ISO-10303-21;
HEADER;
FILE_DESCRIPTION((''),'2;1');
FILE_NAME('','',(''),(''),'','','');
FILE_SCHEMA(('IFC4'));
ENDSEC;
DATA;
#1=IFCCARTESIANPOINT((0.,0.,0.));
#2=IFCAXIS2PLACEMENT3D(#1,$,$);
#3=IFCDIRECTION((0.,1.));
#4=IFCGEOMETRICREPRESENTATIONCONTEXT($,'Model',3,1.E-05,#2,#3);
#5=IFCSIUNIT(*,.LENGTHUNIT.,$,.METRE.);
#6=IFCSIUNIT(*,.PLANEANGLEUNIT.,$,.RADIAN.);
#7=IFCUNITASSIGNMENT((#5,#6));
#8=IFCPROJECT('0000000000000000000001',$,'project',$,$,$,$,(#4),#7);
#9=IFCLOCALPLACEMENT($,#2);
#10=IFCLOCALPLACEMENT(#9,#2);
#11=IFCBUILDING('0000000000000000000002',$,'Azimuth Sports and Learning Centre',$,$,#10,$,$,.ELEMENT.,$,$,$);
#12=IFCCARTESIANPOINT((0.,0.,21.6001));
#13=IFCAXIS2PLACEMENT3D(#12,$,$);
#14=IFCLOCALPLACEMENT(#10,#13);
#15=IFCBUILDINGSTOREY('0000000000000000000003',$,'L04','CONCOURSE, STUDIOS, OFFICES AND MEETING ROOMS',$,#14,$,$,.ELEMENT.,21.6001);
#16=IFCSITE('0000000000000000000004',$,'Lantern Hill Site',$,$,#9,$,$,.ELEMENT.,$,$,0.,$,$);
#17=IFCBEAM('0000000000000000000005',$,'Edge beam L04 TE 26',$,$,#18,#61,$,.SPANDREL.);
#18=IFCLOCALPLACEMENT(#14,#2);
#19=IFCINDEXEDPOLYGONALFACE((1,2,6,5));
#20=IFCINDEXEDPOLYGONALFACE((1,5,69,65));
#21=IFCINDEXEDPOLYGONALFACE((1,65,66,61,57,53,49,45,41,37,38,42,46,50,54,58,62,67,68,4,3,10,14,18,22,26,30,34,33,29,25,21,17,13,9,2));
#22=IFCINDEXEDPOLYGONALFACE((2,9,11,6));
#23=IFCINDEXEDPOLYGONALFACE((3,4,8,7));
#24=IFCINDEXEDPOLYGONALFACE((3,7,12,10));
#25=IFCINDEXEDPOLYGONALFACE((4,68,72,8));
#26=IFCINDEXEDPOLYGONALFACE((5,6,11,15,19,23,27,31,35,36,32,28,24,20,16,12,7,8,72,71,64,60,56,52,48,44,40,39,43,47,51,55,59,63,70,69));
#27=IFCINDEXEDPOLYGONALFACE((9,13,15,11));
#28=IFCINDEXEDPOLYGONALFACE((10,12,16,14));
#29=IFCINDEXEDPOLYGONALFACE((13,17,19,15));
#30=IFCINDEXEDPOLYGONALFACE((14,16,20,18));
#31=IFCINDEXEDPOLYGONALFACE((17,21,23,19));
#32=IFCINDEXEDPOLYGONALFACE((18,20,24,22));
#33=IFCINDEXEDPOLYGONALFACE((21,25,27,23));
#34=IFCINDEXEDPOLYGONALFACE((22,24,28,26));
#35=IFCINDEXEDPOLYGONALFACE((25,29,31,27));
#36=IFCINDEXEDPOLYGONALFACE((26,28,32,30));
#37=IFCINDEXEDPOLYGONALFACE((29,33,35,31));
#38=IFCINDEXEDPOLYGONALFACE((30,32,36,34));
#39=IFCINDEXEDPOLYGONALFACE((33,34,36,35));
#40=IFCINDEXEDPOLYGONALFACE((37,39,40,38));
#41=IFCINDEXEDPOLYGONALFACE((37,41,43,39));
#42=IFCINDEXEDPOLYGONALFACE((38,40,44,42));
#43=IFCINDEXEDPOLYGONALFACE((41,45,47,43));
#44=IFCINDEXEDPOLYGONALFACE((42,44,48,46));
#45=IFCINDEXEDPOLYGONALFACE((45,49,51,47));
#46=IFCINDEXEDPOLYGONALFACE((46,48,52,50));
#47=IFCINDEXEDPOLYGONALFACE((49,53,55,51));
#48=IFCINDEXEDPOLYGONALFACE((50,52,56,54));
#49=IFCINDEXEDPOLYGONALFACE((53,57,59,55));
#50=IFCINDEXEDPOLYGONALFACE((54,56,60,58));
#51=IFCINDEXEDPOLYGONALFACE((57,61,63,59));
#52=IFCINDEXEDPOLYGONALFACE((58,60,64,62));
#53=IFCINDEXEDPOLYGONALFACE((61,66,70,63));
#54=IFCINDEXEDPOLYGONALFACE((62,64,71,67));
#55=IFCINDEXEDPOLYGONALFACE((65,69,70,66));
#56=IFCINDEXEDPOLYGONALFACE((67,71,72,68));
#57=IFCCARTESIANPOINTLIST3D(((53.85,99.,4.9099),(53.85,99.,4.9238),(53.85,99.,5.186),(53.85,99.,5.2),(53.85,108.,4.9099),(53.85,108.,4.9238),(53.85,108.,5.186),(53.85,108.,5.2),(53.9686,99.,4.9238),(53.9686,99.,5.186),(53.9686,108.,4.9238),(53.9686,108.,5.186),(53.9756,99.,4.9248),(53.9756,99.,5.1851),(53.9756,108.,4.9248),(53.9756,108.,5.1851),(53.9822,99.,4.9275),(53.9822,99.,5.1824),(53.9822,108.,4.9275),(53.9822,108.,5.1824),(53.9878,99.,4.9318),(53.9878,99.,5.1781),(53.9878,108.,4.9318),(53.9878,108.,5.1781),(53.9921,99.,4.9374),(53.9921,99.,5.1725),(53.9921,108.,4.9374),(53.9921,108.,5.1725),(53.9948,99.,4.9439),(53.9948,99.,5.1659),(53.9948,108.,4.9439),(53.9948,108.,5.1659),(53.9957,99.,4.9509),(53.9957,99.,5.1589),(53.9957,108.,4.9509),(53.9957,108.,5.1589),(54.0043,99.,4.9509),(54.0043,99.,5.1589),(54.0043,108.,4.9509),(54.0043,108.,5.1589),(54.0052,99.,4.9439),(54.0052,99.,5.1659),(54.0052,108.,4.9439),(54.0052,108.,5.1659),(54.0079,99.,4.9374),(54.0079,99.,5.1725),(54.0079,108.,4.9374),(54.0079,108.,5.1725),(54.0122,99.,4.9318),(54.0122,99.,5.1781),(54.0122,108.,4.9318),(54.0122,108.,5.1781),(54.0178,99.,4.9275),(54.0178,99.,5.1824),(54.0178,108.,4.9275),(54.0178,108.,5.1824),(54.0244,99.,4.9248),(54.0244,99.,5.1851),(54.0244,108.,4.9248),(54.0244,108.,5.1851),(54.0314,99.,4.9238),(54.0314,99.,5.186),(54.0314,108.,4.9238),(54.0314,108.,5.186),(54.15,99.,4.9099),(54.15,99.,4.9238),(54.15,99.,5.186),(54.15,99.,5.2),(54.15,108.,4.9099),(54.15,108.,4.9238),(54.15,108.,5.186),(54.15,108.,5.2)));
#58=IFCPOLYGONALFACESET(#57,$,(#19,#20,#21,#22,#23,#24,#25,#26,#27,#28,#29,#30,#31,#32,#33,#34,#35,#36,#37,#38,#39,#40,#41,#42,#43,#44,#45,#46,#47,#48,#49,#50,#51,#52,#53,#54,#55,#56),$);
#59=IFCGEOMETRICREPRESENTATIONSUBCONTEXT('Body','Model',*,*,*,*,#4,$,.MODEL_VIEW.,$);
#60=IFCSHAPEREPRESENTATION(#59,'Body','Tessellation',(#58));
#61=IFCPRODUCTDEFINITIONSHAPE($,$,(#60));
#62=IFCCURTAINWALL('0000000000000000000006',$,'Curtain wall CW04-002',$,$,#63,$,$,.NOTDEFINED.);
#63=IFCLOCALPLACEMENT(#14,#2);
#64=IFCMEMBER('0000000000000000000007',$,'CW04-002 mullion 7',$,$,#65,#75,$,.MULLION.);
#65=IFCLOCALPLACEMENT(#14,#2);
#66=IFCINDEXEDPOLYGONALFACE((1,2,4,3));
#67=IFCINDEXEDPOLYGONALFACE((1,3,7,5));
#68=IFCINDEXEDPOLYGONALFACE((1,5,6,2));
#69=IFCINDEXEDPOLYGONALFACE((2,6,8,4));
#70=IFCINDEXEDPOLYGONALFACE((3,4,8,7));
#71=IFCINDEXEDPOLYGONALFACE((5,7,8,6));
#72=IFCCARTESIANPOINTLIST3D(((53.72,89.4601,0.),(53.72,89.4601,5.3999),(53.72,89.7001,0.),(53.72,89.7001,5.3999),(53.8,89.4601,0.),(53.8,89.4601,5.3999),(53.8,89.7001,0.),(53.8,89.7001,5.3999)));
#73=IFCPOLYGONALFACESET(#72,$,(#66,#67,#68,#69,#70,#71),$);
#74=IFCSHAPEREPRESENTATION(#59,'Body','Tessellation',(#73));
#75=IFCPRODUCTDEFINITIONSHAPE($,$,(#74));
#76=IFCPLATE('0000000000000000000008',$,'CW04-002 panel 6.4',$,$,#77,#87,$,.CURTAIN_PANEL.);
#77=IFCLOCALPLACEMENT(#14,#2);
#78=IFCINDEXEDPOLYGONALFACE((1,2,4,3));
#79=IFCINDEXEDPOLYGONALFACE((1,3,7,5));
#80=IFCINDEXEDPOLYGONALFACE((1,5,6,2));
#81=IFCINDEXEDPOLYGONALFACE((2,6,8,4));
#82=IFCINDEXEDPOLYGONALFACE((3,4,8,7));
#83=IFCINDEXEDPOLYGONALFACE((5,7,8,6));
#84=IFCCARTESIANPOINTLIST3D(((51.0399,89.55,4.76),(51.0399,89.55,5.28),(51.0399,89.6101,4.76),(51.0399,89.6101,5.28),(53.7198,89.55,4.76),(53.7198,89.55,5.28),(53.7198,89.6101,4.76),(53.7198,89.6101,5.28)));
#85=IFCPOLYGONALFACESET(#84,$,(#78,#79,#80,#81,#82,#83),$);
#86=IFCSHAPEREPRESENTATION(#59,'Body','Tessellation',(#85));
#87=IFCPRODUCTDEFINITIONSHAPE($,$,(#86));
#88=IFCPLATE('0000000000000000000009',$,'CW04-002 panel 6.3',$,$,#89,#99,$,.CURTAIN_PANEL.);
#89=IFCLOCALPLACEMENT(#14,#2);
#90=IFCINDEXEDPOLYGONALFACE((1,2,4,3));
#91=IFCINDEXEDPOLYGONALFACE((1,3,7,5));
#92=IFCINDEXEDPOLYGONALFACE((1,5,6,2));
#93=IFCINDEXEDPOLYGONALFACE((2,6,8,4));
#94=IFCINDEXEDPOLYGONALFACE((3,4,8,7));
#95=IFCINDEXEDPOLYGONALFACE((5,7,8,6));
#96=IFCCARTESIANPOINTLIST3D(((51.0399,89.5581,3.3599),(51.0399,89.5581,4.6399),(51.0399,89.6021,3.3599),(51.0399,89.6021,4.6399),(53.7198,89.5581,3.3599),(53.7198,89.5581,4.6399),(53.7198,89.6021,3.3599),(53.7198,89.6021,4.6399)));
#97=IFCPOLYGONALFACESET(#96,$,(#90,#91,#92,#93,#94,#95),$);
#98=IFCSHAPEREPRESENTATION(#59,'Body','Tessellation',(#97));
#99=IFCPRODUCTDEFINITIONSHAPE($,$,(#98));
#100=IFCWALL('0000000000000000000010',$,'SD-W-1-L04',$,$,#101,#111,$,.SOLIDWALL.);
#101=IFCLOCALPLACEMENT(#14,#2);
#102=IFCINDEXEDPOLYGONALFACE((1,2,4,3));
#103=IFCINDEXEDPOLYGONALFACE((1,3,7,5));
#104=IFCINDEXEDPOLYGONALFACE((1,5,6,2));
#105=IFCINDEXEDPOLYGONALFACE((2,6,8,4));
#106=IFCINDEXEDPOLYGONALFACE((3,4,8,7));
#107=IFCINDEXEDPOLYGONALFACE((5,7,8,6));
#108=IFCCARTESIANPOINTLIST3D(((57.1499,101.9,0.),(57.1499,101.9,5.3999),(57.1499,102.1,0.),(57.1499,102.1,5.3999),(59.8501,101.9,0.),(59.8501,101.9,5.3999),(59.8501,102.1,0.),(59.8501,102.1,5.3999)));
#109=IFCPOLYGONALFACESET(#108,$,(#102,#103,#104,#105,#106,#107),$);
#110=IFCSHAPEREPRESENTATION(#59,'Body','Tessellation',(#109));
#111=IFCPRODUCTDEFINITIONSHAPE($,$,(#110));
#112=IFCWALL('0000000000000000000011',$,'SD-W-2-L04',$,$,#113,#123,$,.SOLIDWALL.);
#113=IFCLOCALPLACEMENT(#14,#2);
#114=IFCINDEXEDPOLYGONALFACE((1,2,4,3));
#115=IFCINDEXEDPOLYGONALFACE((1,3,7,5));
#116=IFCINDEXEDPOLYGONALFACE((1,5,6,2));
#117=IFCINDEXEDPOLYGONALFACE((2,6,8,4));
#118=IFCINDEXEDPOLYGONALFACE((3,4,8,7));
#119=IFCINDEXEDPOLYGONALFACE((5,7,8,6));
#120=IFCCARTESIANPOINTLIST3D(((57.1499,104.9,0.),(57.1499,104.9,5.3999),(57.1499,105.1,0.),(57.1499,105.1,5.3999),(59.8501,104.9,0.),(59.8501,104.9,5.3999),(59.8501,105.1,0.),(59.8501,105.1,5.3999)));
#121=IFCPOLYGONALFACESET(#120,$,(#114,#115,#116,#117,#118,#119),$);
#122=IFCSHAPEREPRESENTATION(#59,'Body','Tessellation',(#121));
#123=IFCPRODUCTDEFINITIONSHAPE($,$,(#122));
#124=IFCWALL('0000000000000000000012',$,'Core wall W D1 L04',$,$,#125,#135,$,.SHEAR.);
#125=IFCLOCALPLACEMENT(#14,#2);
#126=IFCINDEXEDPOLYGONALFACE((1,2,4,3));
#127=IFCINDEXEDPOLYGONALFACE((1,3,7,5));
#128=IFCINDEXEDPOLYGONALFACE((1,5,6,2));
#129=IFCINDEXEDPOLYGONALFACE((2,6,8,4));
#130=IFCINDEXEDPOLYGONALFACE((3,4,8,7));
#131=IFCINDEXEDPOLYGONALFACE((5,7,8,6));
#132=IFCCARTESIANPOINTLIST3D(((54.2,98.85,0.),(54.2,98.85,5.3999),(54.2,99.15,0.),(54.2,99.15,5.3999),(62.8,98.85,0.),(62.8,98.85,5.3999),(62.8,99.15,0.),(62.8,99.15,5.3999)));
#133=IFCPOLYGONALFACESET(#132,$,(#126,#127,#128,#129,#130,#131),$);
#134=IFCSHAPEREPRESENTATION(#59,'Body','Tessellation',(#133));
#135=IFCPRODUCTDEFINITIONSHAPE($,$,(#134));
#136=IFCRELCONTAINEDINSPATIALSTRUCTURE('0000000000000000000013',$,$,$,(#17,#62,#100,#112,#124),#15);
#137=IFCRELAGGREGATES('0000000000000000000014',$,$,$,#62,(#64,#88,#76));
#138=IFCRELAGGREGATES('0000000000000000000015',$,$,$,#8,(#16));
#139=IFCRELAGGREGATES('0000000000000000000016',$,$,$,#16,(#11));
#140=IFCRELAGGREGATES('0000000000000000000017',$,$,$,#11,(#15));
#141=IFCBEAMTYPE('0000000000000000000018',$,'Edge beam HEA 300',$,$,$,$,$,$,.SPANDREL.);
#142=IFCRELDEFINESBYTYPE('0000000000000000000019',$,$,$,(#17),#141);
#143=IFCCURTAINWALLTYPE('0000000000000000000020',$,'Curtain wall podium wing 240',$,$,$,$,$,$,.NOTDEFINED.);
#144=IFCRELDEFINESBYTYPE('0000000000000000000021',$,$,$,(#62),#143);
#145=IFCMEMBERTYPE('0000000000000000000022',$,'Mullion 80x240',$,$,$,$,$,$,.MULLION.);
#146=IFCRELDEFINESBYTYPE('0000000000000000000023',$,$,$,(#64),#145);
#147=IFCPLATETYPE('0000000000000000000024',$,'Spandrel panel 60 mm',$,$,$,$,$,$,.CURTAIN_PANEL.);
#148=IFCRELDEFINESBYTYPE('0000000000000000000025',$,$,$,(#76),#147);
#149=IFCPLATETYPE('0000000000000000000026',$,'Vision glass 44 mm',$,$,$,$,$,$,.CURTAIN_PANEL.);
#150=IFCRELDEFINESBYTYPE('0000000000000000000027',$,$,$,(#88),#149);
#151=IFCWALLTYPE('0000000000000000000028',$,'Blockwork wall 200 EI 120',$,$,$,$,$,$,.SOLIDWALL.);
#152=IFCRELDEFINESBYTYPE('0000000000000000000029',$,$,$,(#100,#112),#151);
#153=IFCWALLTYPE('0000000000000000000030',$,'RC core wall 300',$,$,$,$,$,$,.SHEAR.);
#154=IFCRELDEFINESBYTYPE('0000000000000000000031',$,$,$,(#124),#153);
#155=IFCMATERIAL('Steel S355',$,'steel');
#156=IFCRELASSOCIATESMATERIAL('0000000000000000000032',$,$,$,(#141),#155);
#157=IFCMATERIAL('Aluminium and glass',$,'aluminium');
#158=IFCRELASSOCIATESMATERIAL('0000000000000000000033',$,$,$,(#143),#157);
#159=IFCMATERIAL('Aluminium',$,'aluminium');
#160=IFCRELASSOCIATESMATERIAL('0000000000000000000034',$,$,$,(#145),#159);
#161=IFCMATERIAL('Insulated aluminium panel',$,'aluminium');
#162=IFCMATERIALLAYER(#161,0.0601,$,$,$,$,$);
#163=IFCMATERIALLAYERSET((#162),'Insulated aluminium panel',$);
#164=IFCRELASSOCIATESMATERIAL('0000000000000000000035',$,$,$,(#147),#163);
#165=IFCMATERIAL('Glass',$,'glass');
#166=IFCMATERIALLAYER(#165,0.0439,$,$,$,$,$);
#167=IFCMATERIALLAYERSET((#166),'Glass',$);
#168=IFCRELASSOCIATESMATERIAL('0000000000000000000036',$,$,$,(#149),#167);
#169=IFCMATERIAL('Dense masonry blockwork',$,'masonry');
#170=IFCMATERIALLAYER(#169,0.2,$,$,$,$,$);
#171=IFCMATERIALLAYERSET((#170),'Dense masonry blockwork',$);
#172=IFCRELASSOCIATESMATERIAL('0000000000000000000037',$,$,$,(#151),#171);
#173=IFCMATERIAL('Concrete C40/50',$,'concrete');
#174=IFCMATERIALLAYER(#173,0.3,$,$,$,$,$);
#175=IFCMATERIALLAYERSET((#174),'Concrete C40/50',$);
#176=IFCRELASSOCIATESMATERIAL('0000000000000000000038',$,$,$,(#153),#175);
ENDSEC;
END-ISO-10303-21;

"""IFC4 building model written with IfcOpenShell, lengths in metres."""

from ifc_helpers import new_model, si_unit, direction, frame, frame_2d, origin, origin_2d, place, context, subcontext, project, spatial, rectangle, i_section, extrude, material, layer, layer_set, material_profile, profile_set, type_object, element, aggregate, save


model = new_model("IFC4")

# Units and contexts
model_context = context("Model", 3, precision=1e-05, world=origin(), true_north=direction((0.0, 1.0)))
body_context = subcontext(model_context, "Body", "Model", "MODEL_VIEW")
ifc_project = project(units=[si_unit("LENGTHUNIT", "METRE"), si_unit("PLANEANGLEUNIT", "RADIAN")], contexts=[model_context])

# Site, building, storey
site_placement = place(None, origin())
site = spatial("IfcSite", under=ifc_project, at=site_placement, Name="Lantern Hill Site", CompositionType="ELEMENT", RefElevation=0.0)
building_placement = place(site_placement, origin())
building = spatial("IfcBuilding", under=site, at=building_placement, Name="Azimuth Sports and Learning Centre", CompositionType="ELEMENT")
storey_placement = place(building_placement, frame((0.0, 0.0, 21.6001)))
storey = spatial("IfcBuildingStorey", under=building, at=storey_placement, Name="L04", Description="CONCOURSE, STUDIOS, OFFICES AND MEETING ROOMS", CompositionType="ELEMENT", Elevation=21.6001)

# Beam
ifc_material_1 = material(Name="Steel S355", Category="steel")
ifc_material_profile_1 = material_profile(ifc_material_1, i_section(OverallWidth=0.3, OverallDepth=0.29, WebThickness=0.0085, FlangeThickness=0.0139, FilletRadius=0.0271, at=origin_2d()), Name="HEA 300")
ifc_profile_set_1 = profile_set([ifc_material_profile_1], Name="Steel S355")
beam_type_1 = type_object("IfcBeamType", Name="Edge beam HEA 300", PredefinedType="SPANDREL", material=ifc_profile_set_1)
beam_1_placement = place(storey_placement, frame((54.0, 99.0, 5.0549), z_axis=(0.0, 1.0, 0.0), x_axis=(-1.0, 0.0, 0.0)))
element("IfcBeam", 1, at=beam_1_placement, inside=storey, type_object=beam_type_1, Name="Edge beam L04 TE 26", PredefinedType="SPANDREL", context=body_context, shape_type="SweptSolid", body=[
    extrude(i_section(OverallWidth=0.3, OverallDepth=0.29, WebThickness=0.0085, FlangeThickness=0.0139, FilletRadius=0.0271, at=origin_2d()), origin(), (0.0, 0.0, 1.0), 9.0),
])

# Curtain wall, member, plates
ifc_material_2 = material(Name="Aluminium and glass", Category="aluminium")
curtain_wall_type = type_object("IfcCurtainWallType", Name="Curtain wall podium wing 240", PredefinedType="NOTDEFINED", material=ifc_material_2)
curtain_wall_placement = place(storey_placement, origin())
curtain_wall = element("IfcCurtainWall", 2, at=curtain_wall_placement, inside=storey, type_object=curtain_wall_type, Name="Curtain wall CW04-002", PredefinedType="NOTDEFINED")
ifc_material_3 = material(Name="Aluminium", Category="aluminium")
ifc_material_profile_2 = material_profile(ifc_material_3, rectangle(XDim=0.24, YDim=0.0801, at=origin_2d()), Name="Mullion 80x240")
ifc_profile_set_2 = profile_set([ifc_material_profile_2], Name="Aluminium")
member_type = type_object("IfcMemberType", Name="Mullion 80x240", PredefinedType="MULLION", material=ifc_profile_set_2)
member_placement = place(storey_placement, frame((53.76, 89.5801, 0.0), z_axis=(0.0, 0.0, 1.0), x_axis=(0.0, 1.0, 0.0)))
member = element("IfcMember", 3, at=member_placement, type_object=member_type, Name="CW04-002 mullion 7", PredefinedType="MULLION", context=body_context, shape_type="SweptSolid", body=[
    extrude(rectangle(XDim=0.24, YDim=0.0801, at=origin_2d()), origin(), (0.0, 0.0, 1.0), 5.3999),
])
ifc_material_4 = material(Name="Insulated aluminium panel", Category="aluminium")
ifc_layer_1 = layer(ifc_material_4, 0.0601)
ifc_layer_set_1 = layer_set([ifc_layer_1], Name="Insulated aluminium panel")
plate_type_1 = type_object("IfcPlateType", Name="Spandrel panel 60 mm", PredefinedType="CURTAIN_PANEL", material=ifc_layer_set_1)
plate_1_placement = place(storey_placement, frame((52.3799, 89.5801, 4.76), z_axis=(0.0, 0.0, 1.0), x_axis=(1.0, 0.0, 0.0)))
plate_1 = element("IfcPlate", 4, at=plate_1_placement, type_object=plate_type_1, Name="CW04-002 panel 6.4", PredefinedType="CURTAIN_PANEL", context=body_context, shape_type="SweptSolid", body=[
    extrude(rectangle(XDim=2.6799, YDim=0.0601, at=origin_2d()), origin(), (0.0, 0.0, 1.0), 0.52),
])
ifc_material_5 = material(Name="Glass", Category="glass")
ifc_layer_2 = layer(ifc_material_5, 0.0439)
ifc_layer_set_2 = layer_set([ifc_layer_2], Name="Glass")
plate_type_2 = type_object("IfcPlateType", Name="Vision glass 44 mm", PredefinedType="CURTAIN_PANEL", material=ifc_layer_set_2)
plate_2_placement = place(storey_placement, frame((52.3799, 89.5801, 3.3599), z_axis=(0.0, 0.0, 1.0), x_axis=(1.0, 0.0, 0.0)))
plate_2 = element("IfcPlate", 5, at=plate_2_placement, type_object=plate_type_2, Name="CW04-002 panel 6.3", PredefinedType="CURTAIN_PANEL", context=body_context, shape_type="SweptSolid", body=[
    extrude(rectangle(XDim=2.6799, YDim=0.0439, at=origin_2d()), origin(), (0.0, 0.0, 1.0), 1.28),
])
aggregate(curtain_wall, [member, plate_2, plate_1])

# Walls
ifc_material_6 = material(Name="Dense masonry blockwork", Category="masonry")
ifc_layer_3 = layer(ifc_material_6, 0.2)
ifc_layer_set_3 = layer_set([ifc_layer_3], Name="Dense masonry blockwork")
wall_type_1 = type_object("IfcWallType", Name="Blockwork wall 200 EI 120", PredefinedType="SOLIDWALL", material=ifc_layer_set_3)
for number, where, z_axis, x_axis, name in (
    (6, (57.1499, 102.0, 0.0), (0.0, 0.0, 1.0), (1.0, 0.0, 0.0), "SD-W-1-L04"),
    (7, (57.1499, 105.0, 0.0), (0.0, 0.0, 1.0), (1.0, 0.0, 0.0), "SD-W-2-L04"),
):
    element("IfcWall", number, at=place(storey_placement, frame(where, z_axis=z_axis, x_axis=x_axis)), inside=storey, type_object=wall_type_1, Name=name, PredefinedType="SOLIDWALL", context=body_context, shape_type="SweptSolid", body=[
        extrude(rectangle(XDim=2.7002, YDim=0.2, at=frame_2d((1.3501, 0.0))), origin(), (0.0, 0.0, 1.0), 5.3999),
    ])
ifc_material_7 = material(Name="Concrete C40/50", Category="concrete")
ifc_layer_4 = layer(ifc_material_7, 0.3)
ifc_layer_set_4 = layer_set([ifc_layer_4], Name="Concrete C40/50")
wall_type_2 = type_object("IfcWallType", Name="RC core wall 300", PredefinedType="SHEAR", material=ifc_layer_set_4)
wall_1_placement = place(storey_placement, frame((54.2, 99.0, 0.0), z_axis=(0.0, 0.0, 1.0), x_axis=(1.0, 0.0, 0.0)))
element("IfcWall", 8, at=wall_1_placement, inside=storey, type_object=wall_type_2, Name="Core wall W D1 L04", PredefinedType="SHEAR", context=body_context, shape_type="SweptSolid", body=[
    extrude(rectangle(XDim=8.6001, YDim=0.3, at=frame_2d((4.3, 0.0))), origin(), (0.0, 0.0, 1.0), 5.3999),
])

save(model, "model.ifc")
